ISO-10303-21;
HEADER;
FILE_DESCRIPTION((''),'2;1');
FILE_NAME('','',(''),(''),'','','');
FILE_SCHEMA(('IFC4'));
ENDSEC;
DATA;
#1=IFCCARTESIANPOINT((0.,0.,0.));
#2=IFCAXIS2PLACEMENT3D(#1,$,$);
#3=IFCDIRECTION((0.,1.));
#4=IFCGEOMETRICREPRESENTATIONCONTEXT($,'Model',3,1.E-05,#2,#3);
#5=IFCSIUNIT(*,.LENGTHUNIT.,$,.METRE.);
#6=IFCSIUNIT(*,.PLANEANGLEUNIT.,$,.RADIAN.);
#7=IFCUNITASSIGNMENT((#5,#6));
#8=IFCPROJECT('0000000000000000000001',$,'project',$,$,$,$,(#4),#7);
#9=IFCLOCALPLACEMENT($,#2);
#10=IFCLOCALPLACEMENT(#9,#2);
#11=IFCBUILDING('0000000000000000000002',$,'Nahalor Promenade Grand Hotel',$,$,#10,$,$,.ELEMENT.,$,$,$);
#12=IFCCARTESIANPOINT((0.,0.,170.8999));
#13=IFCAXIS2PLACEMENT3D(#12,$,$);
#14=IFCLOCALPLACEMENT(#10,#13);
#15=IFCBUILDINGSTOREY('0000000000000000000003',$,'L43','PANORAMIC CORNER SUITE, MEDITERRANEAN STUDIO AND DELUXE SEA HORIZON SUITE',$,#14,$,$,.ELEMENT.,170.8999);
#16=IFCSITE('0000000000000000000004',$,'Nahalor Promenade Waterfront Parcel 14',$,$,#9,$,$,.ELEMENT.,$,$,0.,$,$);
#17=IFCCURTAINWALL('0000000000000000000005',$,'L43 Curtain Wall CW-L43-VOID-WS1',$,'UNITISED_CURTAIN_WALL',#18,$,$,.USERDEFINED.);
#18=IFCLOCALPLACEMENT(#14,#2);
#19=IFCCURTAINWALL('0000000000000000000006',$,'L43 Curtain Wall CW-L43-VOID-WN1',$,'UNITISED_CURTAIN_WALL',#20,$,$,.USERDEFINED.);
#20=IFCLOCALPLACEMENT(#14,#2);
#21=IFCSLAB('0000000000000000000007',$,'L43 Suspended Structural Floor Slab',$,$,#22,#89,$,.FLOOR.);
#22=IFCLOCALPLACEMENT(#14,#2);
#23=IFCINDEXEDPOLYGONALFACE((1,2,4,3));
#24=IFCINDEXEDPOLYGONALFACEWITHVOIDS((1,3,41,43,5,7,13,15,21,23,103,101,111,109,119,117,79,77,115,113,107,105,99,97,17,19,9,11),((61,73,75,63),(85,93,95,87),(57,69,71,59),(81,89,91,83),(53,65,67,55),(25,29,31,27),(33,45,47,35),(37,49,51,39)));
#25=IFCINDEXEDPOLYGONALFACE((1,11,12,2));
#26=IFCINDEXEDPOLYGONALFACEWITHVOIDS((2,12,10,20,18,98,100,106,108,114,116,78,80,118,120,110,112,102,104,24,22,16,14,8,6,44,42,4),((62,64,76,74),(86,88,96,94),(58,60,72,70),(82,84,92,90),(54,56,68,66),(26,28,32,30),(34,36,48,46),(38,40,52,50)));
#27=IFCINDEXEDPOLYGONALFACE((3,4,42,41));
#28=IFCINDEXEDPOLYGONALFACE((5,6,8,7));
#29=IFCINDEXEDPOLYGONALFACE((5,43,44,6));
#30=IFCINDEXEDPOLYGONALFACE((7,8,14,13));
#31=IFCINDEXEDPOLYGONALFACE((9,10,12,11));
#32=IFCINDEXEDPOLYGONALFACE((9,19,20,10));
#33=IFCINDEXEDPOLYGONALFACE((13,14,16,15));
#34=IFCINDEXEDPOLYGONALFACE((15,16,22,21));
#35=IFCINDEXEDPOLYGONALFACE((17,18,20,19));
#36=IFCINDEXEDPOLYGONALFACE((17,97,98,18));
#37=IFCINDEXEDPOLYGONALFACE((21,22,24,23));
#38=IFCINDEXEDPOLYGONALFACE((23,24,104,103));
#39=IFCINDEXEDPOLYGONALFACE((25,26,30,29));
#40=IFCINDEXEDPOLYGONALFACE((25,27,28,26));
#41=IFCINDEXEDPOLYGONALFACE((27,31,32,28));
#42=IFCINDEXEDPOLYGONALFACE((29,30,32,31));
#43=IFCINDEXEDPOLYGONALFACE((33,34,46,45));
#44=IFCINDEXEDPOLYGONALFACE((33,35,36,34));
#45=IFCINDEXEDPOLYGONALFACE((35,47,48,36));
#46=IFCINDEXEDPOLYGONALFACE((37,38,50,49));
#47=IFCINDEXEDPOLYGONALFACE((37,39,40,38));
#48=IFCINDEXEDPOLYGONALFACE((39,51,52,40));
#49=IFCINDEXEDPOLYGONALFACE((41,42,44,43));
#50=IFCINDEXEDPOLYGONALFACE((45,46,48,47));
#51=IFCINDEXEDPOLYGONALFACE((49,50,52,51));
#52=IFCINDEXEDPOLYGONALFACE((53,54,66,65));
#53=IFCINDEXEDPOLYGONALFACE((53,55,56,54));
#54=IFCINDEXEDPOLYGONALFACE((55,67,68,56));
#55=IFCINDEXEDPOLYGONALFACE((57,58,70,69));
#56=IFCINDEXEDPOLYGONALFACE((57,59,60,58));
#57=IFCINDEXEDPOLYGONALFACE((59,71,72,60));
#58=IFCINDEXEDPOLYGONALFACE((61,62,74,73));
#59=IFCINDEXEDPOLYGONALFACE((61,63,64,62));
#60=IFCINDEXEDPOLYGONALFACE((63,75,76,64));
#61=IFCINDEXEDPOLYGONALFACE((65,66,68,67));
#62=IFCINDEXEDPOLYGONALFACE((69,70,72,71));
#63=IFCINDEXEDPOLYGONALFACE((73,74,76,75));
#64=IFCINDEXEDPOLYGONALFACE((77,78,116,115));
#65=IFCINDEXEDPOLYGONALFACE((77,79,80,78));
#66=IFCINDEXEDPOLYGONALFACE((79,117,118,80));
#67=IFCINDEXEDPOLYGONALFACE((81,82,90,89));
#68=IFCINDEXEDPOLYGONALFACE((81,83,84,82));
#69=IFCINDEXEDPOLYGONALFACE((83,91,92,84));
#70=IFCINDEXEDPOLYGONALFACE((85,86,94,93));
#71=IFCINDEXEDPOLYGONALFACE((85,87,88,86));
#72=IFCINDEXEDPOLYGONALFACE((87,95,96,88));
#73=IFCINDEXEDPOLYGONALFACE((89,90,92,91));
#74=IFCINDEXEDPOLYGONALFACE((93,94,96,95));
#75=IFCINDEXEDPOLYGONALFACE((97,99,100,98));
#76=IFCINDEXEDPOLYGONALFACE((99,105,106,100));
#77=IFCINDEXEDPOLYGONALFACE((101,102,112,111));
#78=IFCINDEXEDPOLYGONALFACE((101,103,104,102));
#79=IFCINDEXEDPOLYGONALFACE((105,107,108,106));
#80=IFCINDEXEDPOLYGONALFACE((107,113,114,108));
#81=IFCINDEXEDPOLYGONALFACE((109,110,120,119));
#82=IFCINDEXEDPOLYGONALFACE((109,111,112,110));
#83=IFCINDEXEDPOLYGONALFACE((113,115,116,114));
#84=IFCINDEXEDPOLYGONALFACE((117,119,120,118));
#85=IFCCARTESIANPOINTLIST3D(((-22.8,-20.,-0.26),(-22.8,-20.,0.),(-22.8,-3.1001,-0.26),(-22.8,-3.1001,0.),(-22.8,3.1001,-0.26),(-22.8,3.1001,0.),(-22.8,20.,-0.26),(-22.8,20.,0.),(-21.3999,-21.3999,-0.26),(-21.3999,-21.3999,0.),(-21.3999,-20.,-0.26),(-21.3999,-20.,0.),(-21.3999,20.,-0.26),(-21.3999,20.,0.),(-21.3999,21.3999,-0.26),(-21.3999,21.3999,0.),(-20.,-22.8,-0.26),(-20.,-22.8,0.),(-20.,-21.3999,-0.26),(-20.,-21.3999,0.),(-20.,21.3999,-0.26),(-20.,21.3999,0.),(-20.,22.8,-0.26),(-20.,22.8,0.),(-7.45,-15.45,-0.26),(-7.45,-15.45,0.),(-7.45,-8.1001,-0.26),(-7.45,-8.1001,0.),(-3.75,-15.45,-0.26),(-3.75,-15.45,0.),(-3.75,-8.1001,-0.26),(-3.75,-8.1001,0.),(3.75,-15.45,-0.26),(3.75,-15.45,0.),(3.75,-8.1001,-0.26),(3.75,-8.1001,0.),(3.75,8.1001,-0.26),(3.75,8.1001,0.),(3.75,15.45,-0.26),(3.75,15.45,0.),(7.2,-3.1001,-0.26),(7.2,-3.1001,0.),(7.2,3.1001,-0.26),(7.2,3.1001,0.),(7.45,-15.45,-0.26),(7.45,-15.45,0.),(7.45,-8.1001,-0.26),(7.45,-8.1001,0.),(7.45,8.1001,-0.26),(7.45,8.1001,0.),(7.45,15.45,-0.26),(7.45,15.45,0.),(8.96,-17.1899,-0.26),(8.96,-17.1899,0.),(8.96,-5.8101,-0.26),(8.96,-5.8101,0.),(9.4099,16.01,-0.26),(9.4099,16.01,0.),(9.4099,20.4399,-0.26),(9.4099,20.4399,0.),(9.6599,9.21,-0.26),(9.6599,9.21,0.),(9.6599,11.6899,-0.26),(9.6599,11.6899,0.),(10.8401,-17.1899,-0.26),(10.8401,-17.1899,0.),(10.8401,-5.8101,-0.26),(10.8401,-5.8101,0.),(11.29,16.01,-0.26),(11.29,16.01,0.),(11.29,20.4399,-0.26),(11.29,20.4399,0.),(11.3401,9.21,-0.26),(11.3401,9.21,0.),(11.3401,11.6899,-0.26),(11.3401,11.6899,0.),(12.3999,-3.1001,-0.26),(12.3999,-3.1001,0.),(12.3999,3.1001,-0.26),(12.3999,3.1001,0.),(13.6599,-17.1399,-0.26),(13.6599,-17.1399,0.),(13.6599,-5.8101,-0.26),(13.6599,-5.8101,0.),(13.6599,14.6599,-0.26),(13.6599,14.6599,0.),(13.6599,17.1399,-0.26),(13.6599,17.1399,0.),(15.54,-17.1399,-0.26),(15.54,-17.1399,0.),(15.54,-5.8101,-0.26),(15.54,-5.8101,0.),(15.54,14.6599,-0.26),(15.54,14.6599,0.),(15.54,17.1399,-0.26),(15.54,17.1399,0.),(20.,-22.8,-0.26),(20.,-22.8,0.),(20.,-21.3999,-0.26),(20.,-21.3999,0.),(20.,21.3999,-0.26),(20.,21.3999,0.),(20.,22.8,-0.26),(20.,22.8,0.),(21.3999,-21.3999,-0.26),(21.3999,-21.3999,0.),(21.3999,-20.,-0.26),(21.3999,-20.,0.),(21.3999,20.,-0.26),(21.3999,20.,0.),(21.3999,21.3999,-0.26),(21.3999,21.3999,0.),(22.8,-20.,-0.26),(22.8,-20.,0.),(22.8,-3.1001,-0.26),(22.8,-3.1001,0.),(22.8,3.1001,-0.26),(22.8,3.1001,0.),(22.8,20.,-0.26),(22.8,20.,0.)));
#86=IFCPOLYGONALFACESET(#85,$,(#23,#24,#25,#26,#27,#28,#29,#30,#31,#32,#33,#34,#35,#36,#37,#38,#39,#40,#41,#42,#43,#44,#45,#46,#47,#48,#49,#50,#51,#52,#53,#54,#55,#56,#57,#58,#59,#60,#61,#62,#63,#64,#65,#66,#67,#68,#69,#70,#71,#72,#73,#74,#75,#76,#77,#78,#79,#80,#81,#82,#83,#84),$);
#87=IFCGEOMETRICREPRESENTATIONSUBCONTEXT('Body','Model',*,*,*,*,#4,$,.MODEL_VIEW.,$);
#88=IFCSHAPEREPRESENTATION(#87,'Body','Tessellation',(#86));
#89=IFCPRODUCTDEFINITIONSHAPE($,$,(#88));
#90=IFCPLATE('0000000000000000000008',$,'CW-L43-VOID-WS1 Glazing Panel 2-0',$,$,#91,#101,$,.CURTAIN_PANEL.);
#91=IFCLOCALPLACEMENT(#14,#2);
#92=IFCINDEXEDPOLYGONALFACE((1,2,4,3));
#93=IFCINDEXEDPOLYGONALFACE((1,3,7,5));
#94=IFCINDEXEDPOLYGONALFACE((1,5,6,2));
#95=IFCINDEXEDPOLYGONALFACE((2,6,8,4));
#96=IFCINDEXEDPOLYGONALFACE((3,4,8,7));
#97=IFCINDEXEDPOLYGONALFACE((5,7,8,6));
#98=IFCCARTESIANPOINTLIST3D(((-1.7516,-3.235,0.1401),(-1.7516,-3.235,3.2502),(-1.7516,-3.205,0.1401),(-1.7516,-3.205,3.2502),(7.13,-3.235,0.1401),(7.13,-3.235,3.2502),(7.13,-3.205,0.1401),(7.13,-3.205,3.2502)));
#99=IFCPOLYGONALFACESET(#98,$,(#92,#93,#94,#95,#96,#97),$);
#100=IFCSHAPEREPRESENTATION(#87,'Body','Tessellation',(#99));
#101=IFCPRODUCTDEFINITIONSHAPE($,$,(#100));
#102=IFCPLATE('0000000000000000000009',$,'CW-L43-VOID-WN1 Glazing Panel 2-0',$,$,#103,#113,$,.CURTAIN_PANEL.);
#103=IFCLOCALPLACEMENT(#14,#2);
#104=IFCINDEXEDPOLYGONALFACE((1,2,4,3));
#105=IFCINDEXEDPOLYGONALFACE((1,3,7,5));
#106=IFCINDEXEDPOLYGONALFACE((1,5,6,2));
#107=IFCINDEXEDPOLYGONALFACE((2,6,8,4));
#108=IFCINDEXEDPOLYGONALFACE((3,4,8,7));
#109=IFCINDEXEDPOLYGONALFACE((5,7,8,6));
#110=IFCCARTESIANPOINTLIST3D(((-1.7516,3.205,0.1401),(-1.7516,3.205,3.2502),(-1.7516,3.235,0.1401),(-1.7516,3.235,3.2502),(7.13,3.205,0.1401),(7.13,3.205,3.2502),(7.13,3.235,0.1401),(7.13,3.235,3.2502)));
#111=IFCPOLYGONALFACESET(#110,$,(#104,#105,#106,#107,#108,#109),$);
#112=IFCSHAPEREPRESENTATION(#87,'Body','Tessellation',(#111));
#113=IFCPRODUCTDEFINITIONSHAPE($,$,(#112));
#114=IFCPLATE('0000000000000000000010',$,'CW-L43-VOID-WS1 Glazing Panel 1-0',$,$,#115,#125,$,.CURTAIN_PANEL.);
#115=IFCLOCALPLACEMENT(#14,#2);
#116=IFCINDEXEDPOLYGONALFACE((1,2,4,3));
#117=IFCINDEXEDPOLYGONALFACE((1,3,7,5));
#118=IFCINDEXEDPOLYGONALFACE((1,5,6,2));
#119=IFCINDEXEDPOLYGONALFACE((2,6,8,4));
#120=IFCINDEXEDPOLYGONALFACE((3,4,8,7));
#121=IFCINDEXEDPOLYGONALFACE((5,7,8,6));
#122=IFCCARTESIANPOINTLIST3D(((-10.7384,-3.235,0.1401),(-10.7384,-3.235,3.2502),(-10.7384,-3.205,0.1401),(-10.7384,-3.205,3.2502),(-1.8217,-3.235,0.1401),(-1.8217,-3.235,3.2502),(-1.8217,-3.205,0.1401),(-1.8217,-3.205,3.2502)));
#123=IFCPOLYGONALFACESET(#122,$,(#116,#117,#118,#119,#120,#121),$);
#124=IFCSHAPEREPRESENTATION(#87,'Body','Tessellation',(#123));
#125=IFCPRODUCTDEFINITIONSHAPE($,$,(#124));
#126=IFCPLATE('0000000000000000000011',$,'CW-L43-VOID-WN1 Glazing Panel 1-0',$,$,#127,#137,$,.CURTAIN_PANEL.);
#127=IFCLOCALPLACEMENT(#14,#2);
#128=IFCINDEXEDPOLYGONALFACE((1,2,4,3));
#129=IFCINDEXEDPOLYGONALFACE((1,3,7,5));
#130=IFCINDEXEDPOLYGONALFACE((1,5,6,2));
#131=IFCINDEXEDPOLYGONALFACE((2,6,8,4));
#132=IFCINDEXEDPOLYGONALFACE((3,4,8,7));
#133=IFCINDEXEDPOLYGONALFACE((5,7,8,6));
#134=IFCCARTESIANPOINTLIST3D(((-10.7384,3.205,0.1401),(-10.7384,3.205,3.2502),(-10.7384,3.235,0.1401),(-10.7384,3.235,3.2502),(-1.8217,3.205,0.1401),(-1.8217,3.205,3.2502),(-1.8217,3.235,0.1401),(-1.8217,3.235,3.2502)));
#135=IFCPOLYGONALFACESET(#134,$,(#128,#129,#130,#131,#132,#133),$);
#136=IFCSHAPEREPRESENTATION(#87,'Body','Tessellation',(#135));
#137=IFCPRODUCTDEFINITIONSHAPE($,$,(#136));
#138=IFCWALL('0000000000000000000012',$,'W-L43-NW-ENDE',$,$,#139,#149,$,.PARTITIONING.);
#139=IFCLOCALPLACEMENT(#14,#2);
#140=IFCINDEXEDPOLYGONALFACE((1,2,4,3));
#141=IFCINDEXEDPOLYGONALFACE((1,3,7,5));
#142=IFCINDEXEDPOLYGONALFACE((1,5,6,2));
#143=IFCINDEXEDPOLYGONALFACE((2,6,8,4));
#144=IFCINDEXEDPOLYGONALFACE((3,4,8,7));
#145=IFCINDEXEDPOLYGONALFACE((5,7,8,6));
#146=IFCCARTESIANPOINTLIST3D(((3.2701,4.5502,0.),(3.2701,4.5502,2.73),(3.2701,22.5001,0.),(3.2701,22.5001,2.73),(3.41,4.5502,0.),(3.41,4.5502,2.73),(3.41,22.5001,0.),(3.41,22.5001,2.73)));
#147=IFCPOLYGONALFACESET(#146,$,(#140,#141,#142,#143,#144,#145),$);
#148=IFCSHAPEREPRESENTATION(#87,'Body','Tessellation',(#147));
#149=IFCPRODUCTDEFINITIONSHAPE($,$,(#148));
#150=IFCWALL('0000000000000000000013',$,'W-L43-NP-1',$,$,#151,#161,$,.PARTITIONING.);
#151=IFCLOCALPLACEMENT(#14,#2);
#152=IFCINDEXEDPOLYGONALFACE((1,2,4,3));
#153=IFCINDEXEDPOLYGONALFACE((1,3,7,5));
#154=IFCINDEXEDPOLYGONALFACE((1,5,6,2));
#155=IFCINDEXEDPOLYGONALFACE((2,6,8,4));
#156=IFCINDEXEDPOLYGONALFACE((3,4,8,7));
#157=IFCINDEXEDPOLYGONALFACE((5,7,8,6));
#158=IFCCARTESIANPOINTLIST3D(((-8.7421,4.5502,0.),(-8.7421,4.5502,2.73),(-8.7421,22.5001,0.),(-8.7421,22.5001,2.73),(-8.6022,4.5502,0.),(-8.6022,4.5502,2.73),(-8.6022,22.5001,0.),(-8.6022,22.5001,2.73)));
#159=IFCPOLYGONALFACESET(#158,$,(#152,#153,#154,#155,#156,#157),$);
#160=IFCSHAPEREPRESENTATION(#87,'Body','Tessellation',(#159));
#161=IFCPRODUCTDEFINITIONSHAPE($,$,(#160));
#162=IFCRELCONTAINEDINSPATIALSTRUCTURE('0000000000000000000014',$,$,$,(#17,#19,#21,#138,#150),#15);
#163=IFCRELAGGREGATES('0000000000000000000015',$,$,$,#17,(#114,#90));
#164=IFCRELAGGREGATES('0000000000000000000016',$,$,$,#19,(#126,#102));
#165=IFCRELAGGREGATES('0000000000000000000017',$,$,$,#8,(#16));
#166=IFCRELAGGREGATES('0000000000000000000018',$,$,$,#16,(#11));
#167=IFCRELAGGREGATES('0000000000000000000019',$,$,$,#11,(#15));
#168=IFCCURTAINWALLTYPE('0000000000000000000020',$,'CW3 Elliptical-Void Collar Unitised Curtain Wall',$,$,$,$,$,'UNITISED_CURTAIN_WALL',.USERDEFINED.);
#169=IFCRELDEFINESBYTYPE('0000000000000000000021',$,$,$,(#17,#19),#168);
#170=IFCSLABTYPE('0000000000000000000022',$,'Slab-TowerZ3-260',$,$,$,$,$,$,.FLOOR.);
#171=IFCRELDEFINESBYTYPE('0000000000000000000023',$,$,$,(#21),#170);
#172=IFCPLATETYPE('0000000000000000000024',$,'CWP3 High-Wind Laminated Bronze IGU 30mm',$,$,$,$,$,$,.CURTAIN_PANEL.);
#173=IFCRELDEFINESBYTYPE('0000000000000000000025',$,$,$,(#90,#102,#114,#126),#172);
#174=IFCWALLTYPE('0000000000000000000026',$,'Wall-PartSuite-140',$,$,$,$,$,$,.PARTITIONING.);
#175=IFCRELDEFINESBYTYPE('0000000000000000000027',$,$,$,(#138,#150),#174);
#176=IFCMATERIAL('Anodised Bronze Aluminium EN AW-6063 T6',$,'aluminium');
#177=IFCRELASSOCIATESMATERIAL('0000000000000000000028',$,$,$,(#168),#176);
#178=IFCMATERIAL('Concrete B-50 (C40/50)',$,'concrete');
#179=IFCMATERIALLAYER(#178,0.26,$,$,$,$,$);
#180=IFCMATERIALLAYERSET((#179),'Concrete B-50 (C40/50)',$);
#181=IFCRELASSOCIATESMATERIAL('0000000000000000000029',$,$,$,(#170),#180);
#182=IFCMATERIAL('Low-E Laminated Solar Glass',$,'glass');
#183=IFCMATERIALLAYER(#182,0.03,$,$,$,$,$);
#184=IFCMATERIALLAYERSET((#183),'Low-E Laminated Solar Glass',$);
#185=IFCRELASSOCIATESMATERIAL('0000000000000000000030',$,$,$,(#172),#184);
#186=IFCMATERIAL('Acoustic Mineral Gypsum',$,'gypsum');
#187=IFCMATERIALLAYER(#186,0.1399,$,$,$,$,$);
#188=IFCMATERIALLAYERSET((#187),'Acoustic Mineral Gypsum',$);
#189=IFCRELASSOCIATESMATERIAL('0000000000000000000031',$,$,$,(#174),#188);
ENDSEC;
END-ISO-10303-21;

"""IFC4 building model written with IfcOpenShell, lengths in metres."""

from ifc_helpers import new_model, si_unit, direction, frame, frame_2d, origin, origin_2d, place, context, subcontext, project, spatial, polyline, rectangle, outline, extrude, source, transform, mapped, material, layer, layer_set, type_object, element, aggregate, save


model = new_model("IFC4")

# Units and contexts
model_context = context("Model", 3, precision=1e-05, world=origin(), true_north=direction((0.0, 1.0)))
body_context = subcontext(model_context, "Body", "Model", "MODEL_VIEW")
ifc_project = project(units=[si_unit("LENGTHUNIT", "METRE"), si_unit("PLANEANGLEUNIT", "RADIAN")], contexts=[model_context])

# Site, building, storey
site_placement = place(None, origin())
site = spatial("IfcSite", under=ifc_project, at=site_placement, Name="Nahalor Promenade Waterfront Parcel 14", CompositionType="ELEMENT", RefElevation=0.0)
building_placement = place(site_placement, origin())
building = spatial("IfcBuilding", under=site, at=building_placement, Name="Nahalor Promenade Grand Hotel", CompositionType="ELEMENT")
storey_placement = place(building_placement, frame((0.0, 0.0, 170.8999)))
storey = spatial("IfcBuildingStorey", under=building, at=storey_placement, Name="L43", Description="PANORAMIC CORNER SUITE, MEDITERRANEAN STUDIO AND DELUXE SEA HORIZON SUITE", CompositionType="ELEMENT", Elevation=170.8999)

# Curtain walls
ifc_material_1 = material(Name="Anodised Bronze Aluminium EN AW-6063 T6", Category="aluminium")
curtain_wall_type = type_object("IfcCurtainWallType", Name="CW3 Elliptical-Void Collar Unitised Curtain Wall", ElementType="UNITISED_CURTAIN_WALL", PredefinedType="USERDEFINED", material=ifc_material_1)
curtain_wall_1_placement = place(storey_placement, origin())
curtain_wall_1 = element("IfcCurtainWall", 1, at=curtain_wall_1_placement, inside=storey, type_object=curtain_wall_type, Name="L43 Curtain Wall CW-L43-VOID-WS1", ObjectType="UNITISED_CURTAIN_WALL", PredefinedType="USERDEFINED")
curtain_wall_2_placement = place(storey_placement, origin())
curtain_wall_2 = element("IfcCurtainWall", 2, at=curtain_wall_2_placement, inside=storey, type_object=curtain_wall_type, Name="L43 Curtain Wall CW-L43-VOID-WN1", ObjectType="UNITISED_CURTAIN_WALL", PredefinedType="USERDEFINED")

# Shared definitions
ifc_material_2 = material(Name="Concrete B-50 (C40/50)", Category="concrete")

# Slab
ifc_layer_1 = layer(ifc_material_2, 0.26)
ifc_layer_set_1 = layer_set([ifc_layer_1], Name="Concrete B-50 (C40/50)")
slab_type_1 = type_object("IfcSlabType", Name="Slab-TowerZ3-260", PredefinedType="FLOOR", material=ifc_layer_set_1)
slab_1_placement = place(storey_placement, frame((0.0, 0.0, -0.26)))
element("IfcSlab", 3, at=slab_1_placement, inside=storey, type_object=slab_type_1, Name="L43 Suspended Structural Floor Slab", PredefinedType="FLOOR", context=body_context, shape_type="SweptSolid", body=[
    extrude(outline(polyline([(-20.0, -22.8), (20.0, -22.8), (20.0, -21.3999), (21.3999, -21.3999), (21.3999, -20.0), (22.8, -20.0), (22.8, -3.1001), (12.3999, -3.1001), (12.3999, 3.1001), (22.8, 3.1001), (22.8, 20.0), (21.3999, 20.0), (21.3999, 21.3999), (20.0, 21.3999), (20.0, 22.8), (-20.0, 22.8), (-20.0, 21.3999), (-21.3999, 21.3999), (-21.3999, 20.0), (-22.8, 20.0), (-22.8, 3.1001), (7.2, 3.1001), (7.2, -3.1001), (-22.8, -3.1001), (-22.8, -20.0), (-21.3999, -20.0), (-21.3999, -21.3999), (-20.0, -21.3999), (-20.0, -22.8)]), holes=[polyline([(3.75, 8.1001), (7.45, 8.1001), (7.45, 15.45), (3.75, 15.45), (3.75, 8.1001)]), polyline([(3.75, -15.45), (7.45, -15.45), (7.45, -8.1001), (3.75, -8.1001), (3.75, -15.45)]), polyline([(-7.45, -15.45), (-3.75, -15.45), (-3.75, -8.1001), (-7.45, -8.1001), (-7.45, -15.45)]), polyline([(13.6599, -17.1399), (15.54, -17.1399), (15.54, -5.8101), (13.6599, -5.8101), (13.6599, -17.1399)]), polyline([(8.96, -17.1899), (10.8401, -17.1899), (10.8401, -5.8101), (8.96, -5.8101), (8.96, -17.1899)]), polyline([(9.4099, 16.01), (11.29, 16.01), (11.29, 20.4399), (9.4099, 20.4399), (9.4099, 16.01)]), polyline([(9.6599, 9.21), (11.3401, 9.21), (11.3401, 11.6899), (9.6599, 11.6899), (9.6599, 9.21)]), polyline([(13.6599, 14.6599), (15.54, 14.6599), (15.54, 17.1399), (13.6599, 17.1399), (13.6599, 14.6599)])]), origin(), (0.0, 0.0, 1.0), 0.26),
])

# Plates
ifc_material_3 = material(Name="Low-E Laminated Solar Glass", Category="glass")
ifc_layer_2 = layer(ifc_material_3, 0.03)
ifc_layer_set_2 = layer_set([ifc_layer_2], Name="Low-E Laminated Solar Glass")
plate_type = type_object("IfcPlateType", Name="CWP3 High-Wind Laminated Bronze IGU 30mm", PredefinedType="CURTAIN_PANEL", material=ifc_layer_set_2)
shared_shape_1 = source(origin(), body_context, "Body", "SweptSolid", [
    extrude(rectangle(XDim=8.8816, YDim=0.03, at=origin_2d()), origin(), (0.0, 0.0, 1.0), 3.1101),
])
plate_1_placement = place(storey_placement, frame((2.6892, -3.22, 0.1401), z_axis=(0.0, 0.0, 1.0), x_axis=(1.0, 0.0, 0.0)))
plate_1 = element("IfcPlate", 4, at=plate_1_placement, type_object=plate_type, Name="CW-L43-VOID-WS1 Glazing Panel 2-0", PredefinedType="CURTAIN_PANEL", context=body_context, shape_type="MappedRepresentation", body=[
    mapped(shared_shape_1, transform((0.0, 0.0, 0.0), scale=1.0)),
])
plate_2_placement = place(storey_placement, frame((2.6892, 3.22, 0.1401), z_axis=(0.0, 0.0, 1.0), x_axis=(1.0, 0.0, 0.0)))
plate_2 = element("IfcPlate", 5, at=plate_2_placement, type_object=plate_type, Name="CW-L43-VOID-WN1 Glazing Panel 2-0", PredefinedType="CURTAIN_PANEL", context=body_context, shape_type="MappedRepresentation", body=[
    mapped(shared_shape_1, transform((0.0, 0.0, 0.0), scale=1.0)),
])
shared_shape_2 = source(origin(), body_context, "Body", "SweptSolid", [
    extrude(rectangle(XDim=8.9167, YDim=0.03, at=origin_2d()), origin(), (0.0, 0.0, 1.0), 3.1101),
])
plate_3_placement = place(storey_placement, frame((-6.28, -3.22, 0.1401), z_axis=(0.0, 0.0, 1.0), x_axis=(1.0, 0.0, 0.0)))
plate_3 = element("IfcPlate", 6, at=plate_3_placement, type_object=plate_type, Name="CW-L43-VOID-WS1 Glazing Panel 1-0", PredefinedType="CURTAIN_PANEL", context=body_context, shape_type="MappedRepresentation", body=[
    mapped(shared_shape_2, transform((0.0, 0.0, 0.0), scale=1.0)),
])
aggregate(curtain_wall_1, [plate_3, plate_1])
plate_4_placement = place(storey_placement, frame((-6.28, 3.22, 0.1401), z_axis=(0.0, 0.0, 1.0), x_axis=(1.0, 0.0, 0.0)))
plate_4 = element("IfcPlate", 7, at=plate_4_placement, type_object=plate_type, Name="CW-L43-VOID-WN1 Glazing Panel 1-0", PredefinedType="CURTAIN_PANEL", context=body_context, shape_type="MappedRepresentation", body=[
    mapped(shared_shape_2, transform((0.0, 0.0, 0.0), scale=1.0)),
])
aggregate(curtain_wall_2, [plate_4, plate_2])

# Walls
ifc_material_4 = material(Name="Acoustic Mineral Gypsum", Category="gypsum")
ifc_layer_3 = layer(ifc_material_4, 0.1399)
ifc_layer_set_3 = layer_set([ifc_layer_3], Name="Acoustic Mineral Gypsum")
wall_type = type_object("IfcWallType", Name="Wall-PartSuite-140", PredefinedType="PARTITIONING", material=ifc_layer_set_3)
shared_shape_3 = source(origin(), body_context, "Body", "SweptSolid", [
    extrude(rectangle(XDim=17.95, YDim=0.1399, at=frame_2d((8.9751, 0.0))), origin(), (0.0, 0.0, 1.0), 2.73),
])
for number, where, z_axis, x_axis, name in (
    (8, (3.3401, 4.55, 0.0), (0.0, 0.0, 1.0), (0.0, 1.0, 0.0), "W-L43-NW-ENDE"),
    (9, (-8.6721, 4.55, 0.0), (0.0, 0.0, 1.0), (0.0, 1.0, 0.0), "W-L43-NP-1"),
):
    element("IfcWall", number, at=place(storey_placement, frame(where, z_axis=z_axis, x_axis=x_axis)), inside=storey, type_object=wall_type, Name=name, PredefinedType="PARTITIONING", context=body_context, shape_type="MappedRepresentation", body=[
        mapped(shared_shape_3, transform((0.0, 0.0, 0.0), scale=1.0)),
    ])

save(model, "model.ifc")
